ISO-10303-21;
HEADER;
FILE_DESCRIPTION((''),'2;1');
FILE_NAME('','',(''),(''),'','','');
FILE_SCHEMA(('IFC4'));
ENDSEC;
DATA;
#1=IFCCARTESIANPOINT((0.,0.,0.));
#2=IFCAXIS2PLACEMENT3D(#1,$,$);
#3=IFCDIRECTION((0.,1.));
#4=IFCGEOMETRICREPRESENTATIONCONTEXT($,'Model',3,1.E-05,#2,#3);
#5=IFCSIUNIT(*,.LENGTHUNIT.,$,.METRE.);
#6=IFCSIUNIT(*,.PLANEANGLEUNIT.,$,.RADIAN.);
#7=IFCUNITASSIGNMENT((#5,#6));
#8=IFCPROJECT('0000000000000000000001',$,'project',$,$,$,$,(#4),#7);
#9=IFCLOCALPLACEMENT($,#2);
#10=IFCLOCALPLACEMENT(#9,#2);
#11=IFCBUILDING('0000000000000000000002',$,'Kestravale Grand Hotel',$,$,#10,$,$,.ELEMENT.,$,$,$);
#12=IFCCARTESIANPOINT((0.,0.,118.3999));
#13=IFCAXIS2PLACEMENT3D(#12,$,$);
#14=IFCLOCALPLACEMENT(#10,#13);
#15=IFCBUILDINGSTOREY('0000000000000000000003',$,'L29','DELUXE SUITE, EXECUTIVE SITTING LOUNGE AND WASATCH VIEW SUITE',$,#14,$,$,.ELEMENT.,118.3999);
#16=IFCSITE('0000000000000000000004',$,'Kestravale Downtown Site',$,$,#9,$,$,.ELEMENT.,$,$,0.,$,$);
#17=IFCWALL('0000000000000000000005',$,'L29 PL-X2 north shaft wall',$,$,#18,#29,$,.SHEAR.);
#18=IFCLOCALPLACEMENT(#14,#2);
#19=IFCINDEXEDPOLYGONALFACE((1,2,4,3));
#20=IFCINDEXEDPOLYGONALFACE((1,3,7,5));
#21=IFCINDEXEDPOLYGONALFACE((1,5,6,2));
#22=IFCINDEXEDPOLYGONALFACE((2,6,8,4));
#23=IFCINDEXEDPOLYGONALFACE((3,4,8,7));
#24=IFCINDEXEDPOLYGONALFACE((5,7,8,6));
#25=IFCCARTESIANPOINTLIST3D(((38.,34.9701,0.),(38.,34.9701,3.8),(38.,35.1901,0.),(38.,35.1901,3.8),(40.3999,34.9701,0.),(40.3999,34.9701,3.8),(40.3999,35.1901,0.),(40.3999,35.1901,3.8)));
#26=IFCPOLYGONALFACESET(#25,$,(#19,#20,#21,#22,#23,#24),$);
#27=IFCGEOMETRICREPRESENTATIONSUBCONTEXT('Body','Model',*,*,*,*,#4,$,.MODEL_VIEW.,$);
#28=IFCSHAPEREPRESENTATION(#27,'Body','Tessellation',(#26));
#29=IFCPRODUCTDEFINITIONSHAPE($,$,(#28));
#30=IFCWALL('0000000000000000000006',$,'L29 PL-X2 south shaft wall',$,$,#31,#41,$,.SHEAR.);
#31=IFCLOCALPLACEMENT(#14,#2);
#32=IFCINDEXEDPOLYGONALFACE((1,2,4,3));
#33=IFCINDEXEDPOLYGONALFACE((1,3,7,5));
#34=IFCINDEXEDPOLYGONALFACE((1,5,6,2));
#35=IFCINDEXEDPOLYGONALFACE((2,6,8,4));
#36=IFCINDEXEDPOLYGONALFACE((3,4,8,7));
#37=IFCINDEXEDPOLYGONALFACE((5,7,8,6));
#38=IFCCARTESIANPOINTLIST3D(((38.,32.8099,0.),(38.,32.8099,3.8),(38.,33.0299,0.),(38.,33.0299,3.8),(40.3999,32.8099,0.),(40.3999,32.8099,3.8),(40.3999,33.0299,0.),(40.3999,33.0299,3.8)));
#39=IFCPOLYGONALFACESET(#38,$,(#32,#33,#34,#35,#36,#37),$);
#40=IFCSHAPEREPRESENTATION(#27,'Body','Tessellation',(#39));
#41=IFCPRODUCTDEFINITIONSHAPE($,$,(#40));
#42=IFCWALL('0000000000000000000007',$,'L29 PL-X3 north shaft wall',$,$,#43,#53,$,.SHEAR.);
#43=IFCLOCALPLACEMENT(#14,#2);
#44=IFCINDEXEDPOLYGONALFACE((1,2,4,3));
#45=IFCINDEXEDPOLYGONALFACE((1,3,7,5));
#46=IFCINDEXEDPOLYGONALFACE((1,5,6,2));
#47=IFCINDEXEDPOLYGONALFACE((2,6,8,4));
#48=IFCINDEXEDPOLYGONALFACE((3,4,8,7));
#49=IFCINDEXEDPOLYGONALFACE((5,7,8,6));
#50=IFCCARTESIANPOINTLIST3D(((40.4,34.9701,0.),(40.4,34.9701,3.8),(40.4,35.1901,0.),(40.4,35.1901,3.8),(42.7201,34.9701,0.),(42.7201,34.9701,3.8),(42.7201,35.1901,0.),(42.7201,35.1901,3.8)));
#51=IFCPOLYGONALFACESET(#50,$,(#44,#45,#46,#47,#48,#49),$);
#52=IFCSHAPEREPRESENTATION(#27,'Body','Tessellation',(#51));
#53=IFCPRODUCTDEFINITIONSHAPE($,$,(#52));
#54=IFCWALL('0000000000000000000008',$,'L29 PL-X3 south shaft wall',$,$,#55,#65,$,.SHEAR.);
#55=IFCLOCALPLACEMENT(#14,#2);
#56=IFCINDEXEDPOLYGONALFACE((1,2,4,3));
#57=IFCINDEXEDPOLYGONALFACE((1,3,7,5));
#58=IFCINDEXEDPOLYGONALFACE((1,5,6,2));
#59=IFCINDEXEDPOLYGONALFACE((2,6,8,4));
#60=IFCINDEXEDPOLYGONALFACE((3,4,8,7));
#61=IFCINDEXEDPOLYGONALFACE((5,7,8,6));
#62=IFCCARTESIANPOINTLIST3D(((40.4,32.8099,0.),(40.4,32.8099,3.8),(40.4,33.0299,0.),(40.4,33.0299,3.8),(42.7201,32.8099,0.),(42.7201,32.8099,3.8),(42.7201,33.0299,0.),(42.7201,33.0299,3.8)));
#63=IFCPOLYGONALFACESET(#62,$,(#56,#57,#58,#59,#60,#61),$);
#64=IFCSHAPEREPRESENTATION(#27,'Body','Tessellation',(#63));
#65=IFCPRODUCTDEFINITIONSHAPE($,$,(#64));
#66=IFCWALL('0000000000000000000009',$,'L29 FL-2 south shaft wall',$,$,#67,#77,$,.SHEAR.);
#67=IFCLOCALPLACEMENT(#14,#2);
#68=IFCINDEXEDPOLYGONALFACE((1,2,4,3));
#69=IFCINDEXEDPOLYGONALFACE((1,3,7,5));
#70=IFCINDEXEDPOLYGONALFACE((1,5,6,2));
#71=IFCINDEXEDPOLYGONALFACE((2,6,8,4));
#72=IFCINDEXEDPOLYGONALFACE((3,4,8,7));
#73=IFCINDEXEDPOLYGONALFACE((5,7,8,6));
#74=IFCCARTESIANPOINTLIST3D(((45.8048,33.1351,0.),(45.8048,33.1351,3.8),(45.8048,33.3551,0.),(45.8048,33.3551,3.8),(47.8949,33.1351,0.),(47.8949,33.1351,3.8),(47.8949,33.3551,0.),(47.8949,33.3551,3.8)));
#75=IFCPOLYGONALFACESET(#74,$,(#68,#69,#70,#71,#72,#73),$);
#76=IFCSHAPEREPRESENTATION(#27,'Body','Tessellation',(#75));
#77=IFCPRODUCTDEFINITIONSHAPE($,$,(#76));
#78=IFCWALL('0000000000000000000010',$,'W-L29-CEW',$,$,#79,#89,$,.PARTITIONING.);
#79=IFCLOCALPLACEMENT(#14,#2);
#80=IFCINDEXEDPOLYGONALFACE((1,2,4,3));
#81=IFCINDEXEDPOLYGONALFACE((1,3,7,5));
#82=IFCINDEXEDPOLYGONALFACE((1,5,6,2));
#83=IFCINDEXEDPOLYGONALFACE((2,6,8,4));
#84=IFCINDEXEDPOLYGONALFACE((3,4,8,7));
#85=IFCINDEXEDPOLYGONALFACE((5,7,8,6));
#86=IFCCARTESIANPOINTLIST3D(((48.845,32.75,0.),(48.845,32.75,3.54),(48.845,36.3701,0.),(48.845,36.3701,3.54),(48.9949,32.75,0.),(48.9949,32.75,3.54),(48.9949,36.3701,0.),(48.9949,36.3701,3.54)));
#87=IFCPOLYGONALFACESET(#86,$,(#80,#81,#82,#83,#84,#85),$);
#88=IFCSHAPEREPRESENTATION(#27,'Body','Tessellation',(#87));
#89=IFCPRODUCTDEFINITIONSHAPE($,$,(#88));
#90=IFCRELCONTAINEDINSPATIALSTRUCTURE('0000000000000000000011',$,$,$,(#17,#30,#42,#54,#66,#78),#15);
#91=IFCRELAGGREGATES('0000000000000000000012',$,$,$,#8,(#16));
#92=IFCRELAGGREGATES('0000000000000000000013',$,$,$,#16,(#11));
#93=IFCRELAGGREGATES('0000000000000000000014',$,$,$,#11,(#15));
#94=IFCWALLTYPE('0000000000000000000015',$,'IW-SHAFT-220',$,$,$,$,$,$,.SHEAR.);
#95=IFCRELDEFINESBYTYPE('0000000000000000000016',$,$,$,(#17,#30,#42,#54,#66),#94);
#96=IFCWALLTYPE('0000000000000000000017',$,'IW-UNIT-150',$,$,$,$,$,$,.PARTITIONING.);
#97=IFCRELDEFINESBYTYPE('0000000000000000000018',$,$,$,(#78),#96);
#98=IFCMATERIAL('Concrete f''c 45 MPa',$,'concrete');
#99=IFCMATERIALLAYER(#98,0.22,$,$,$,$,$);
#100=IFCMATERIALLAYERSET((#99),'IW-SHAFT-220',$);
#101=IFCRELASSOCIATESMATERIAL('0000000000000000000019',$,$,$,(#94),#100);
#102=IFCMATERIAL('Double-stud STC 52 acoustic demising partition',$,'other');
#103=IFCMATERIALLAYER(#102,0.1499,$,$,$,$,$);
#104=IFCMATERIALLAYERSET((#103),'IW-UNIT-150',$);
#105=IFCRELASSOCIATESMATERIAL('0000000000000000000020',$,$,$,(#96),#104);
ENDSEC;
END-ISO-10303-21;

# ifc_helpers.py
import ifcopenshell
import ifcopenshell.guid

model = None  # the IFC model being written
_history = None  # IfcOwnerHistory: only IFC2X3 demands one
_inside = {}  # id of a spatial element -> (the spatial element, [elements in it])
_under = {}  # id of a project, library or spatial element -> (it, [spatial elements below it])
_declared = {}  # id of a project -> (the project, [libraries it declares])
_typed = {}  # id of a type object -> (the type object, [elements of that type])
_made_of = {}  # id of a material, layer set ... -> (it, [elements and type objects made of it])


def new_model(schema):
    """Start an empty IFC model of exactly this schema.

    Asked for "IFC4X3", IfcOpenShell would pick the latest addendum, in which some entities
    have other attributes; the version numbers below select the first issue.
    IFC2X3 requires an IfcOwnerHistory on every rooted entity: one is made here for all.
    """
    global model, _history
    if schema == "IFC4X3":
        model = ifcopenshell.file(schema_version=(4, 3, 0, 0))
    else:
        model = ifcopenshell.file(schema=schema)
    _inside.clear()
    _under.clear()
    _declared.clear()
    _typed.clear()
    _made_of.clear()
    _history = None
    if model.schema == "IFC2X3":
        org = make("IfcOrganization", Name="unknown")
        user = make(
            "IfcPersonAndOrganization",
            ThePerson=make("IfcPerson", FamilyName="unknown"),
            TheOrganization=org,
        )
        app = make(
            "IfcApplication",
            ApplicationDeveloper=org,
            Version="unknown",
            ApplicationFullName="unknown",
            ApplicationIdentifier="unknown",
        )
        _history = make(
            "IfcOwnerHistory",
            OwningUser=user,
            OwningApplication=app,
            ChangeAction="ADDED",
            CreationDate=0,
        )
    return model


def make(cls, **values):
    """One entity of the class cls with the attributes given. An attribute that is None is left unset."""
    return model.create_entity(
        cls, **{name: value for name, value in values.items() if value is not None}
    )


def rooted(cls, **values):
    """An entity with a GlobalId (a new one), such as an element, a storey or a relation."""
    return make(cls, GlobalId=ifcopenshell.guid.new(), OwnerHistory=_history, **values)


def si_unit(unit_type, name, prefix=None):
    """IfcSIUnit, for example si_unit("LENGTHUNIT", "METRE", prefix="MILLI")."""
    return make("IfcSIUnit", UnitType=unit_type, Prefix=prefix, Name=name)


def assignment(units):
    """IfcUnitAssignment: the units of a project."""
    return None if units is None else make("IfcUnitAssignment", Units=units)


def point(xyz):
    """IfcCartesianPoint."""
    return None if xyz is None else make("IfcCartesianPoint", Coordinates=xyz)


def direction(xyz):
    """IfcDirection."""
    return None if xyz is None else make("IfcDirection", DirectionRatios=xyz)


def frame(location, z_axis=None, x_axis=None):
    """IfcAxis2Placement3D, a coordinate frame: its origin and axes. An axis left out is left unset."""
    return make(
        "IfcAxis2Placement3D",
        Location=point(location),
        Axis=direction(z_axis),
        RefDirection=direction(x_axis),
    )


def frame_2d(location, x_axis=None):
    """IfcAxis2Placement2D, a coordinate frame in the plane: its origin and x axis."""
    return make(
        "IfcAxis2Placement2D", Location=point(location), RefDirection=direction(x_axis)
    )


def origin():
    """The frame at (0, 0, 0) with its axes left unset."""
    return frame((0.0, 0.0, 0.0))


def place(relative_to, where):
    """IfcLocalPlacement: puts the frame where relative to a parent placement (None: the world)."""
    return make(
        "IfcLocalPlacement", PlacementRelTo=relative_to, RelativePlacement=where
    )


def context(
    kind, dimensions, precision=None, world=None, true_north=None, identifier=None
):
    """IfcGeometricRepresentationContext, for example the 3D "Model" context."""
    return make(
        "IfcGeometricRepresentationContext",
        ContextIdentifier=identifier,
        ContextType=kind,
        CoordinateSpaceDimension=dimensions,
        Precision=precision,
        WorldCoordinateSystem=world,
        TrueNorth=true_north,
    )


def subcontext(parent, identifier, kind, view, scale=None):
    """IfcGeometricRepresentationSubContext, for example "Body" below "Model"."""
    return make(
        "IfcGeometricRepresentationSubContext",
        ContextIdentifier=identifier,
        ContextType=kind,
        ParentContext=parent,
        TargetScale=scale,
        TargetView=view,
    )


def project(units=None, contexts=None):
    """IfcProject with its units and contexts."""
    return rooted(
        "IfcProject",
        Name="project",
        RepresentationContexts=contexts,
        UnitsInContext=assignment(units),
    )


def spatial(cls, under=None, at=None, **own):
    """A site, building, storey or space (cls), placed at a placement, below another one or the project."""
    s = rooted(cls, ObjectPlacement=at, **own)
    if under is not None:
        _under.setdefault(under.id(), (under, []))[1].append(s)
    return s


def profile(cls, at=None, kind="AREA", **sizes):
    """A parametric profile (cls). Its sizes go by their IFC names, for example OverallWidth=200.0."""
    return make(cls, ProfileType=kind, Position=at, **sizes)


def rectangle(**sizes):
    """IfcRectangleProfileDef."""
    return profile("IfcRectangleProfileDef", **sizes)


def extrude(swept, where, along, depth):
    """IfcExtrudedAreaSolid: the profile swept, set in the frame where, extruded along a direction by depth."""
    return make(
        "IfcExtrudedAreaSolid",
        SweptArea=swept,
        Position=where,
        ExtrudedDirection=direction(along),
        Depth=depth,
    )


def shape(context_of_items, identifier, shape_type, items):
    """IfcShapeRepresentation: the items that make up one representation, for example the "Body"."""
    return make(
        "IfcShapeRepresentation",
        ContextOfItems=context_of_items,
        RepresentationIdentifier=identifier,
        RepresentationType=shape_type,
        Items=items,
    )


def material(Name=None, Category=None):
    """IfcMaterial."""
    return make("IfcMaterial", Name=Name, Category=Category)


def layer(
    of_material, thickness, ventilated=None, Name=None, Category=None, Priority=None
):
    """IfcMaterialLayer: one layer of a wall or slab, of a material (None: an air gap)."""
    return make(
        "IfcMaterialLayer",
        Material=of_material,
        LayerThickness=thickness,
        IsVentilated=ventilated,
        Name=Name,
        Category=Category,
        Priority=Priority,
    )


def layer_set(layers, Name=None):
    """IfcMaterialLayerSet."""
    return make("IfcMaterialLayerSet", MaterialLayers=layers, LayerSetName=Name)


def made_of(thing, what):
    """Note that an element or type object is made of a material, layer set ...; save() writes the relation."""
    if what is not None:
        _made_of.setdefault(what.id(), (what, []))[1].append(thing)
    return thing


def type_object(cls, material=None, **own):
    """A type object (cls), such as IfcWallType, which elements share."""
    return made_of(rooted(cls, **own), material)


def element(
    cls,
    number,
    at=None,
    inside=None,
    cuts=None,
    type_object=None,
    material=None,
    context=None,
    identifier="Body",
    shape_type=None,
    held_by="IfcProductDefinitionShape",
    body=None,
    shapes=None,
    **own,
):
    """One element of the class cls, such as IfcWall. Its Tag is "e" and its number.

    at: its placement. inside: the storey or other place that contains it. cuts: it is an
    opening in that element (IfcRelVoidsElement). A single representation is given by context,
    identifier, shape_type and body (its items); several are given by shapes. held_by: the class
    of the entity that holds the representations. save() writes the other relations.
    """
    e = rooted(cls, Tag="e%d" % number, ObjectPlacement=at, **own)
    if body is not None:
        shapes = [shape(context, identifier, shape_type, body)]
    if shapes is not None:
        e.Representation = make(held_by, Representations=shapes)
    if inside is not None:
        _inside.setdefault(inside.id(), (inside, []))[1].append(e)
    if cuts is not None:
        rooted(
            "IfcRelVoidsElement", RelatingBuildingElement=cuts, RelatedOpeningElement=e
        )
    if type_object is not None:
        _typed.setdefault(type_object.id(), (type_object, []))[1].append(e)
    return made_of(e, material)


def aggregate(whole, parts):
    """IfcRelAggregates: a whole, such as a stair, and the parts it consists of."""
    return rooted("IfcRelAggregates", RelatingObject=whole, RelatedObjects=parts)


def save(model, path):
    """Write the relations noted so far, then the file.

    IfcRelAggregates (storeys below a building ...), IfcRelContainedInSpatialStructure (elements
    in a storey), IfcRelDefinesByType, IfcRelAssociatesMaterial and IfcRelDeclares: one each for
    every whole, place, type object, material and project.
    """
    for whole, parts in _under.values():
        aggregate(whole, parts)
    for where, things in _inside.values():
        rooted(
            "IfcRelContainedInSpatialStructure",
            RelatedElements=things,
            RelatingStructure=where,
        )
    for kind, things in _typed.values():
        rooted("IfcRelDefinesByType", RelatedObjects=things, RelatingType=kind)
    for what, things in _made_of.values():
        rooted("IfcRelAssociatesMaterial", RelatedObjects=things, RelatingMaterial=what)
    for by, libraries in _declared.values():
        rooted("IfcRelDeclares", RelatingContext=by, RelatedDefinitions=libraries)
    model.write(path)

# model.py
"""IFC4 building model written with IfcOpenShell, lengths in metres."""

from ifc_helpers import new_model, si_unit, direction, frame, frame_2d, origin, place, context, subcontext, project, spatial, rectangle, extrude, material, layer, layer_set, type_object, element, save


model = new_model("IFC4")

# Units and contexts
model_context = context("Model", 3, precision=1e-05, world=origin(), true_north=direction((0.0, 1.0)))
body_context = subcontext(model_context, "Body", "Model", "MODEL_VIEW")
ifc_project = project(units=[si_unit("LENGTHUNIT", "METRE"), si_unit("PLANEANGLEUNIT", "RADIAN")], contexts=[model_context])

# Site, building, storey
site_placement = place(None, origin())
site = spatial("IfcSite", under=ifc_project, at=site_placement, Name="Kestravale Downtown Site", CompositionType="ELEMENT", RefElevation=0.0)
building_placement = place(site_placement, origin())
building = spatial("IfcBuilding", under=site, at=building_placement, Name="Kestravale Grand Hotel", CompositionType="ELEMENT")
storey_placement = place(building_placement, frame((0.0, 0.0, 118.3999)))
storey = spatial("IfcBuildingStorey", under=building, at=storey_placement, Name="L29", Description="DELUXE SUITE, EXECUTIVE SITTING LOUNGE AND WASATCH VIEW SUITE", CompositionType="ELEMENT", Elevation=118.3999)

# Walls
ifc_material_1 = material(Name="Concrete f'c 45 MPa", Category="concrete")
ifc_layer_1 = layer(ifc_material_1, 0.22)
ifc_layer_set_1 = layer_set([ifc_layer_1], Name="IW-SHAFT-220")
wall_type_1 = type_object("IfcWallType", Name="IW-SHAFT-220", PredefinedType="SHEAR", material=ifc_layer_set_1)
for number, where, z_axis, x_axis, name in (
    (1, (38.0, 35.0801, 0.0), (0.0, 0.0, 1.0), (1.0, 0.0, 0.0), "L29 PL-X2 north shaft wall"),
    (2, (38.0, 32.9199, 0.0), (0.0, 0.0, 1.0), (1.0, 0.0, 0.0), "L29 PL-X2 south shaft wall"),
):
    element("IfcWall", number, at=place(storey_placement, frame(where, z_axis=z_axis, x_axis=x_axis)), inside=storey, type_object=wall_type_1, Name=name, PredefinedType="SHEAR", context=body_context, shape_type="SweptSolid", body=[
        extrude(rectangle(XDim=2.3999, YDim=0.22, at=frame_2d((1.2, 0.0))), origin(), (0.0, 0.0, 1.0), 3.8),
    ])
for number, where, z_axis, x_axis, name in (
    (3, (40.3999, 35.0801, 0.0), (0.0, 0.0, 1.0), (1.0, 0.0, 0.0), "L29 PL-X3 north shaft wall"),
    (4, (40.3999, 32.9199, 0.0), (0.0, 0.0, 1.0), (1.0, 0.0, 0.0), "L29 PL-X3 south shaft wall"),
):
    element("IfcWall", number, at=place(storey_placement, frame(where, z_axis=z_axis, x_axis=x_axis)), inside=storey, type_object=wall_type_1, Name=name, PredefinedType="SHEAR", context=body_context, shape_type="SweptSolid", body=[
        extrude(rectangle(XDim=2.3201, YDim=0.22, at=frame_2d((1.1602, 0.0))), origin(), (0.0, 0.0, 1.0), 3.8),
    ])
wall_1_placement = place(storey_placement, frame((45.8049, 33.2451, 0.0), z_axis=(0.0, 0.0, 1.0), x_axis=(1.0, 0.0, 0.0)))
element("IfcWall", 5, at=wall_1_placement, inside=storey, type_object=wall_type_1, Name="L29 FL-2 south shaft wall", PredefinedType="SHEAR", context=body_context, shape_type="SweptSolid", body=[
    extrude(rectangle(XDim=2.0901, YDim=0.22, at=frame_2d((1.0449, 0.0))), origin(), (0.0, 0.0, 1.0), 3.8),
])
ifc_material_2 = material(Name="Double-stud STC 52 acoustic demising partition", Category="other")
ifc_layer_2 = layer(ifc_material_2, 0.1499)
ifc_layer_set_2 = layer_set([ifc_layer_2], Name="IW-UNIT-150")
wall_type_2 = type_object("IfcWallType", Name="IW-UNIT-150", PredefinedType="PARTITIONING", material=ifc_layer_set_2)
wall_2_placement = place(storey_placement, frame((48.9199, 32.75, 0.0), z_axis=(0.0, 0.0, 1.0), x_axis=(0.0, 1.0, 0.0)))
element("IfcWall", 6, at=wall_2_placement, inside=storey, type_object=wall_type_2, Name="W-L29-CEW", PredefinedType="PARTITIONING", context=body_context, shape_type="SweptSolid", body=[
    extrude(rectangle(XDim=3.6201, YDim=0.1499, at=frame_2d((1.8101, 0.0))), origin(), (0.0, 0.0, 1.0), 3.54),
])

save(model, "model.ifc")
